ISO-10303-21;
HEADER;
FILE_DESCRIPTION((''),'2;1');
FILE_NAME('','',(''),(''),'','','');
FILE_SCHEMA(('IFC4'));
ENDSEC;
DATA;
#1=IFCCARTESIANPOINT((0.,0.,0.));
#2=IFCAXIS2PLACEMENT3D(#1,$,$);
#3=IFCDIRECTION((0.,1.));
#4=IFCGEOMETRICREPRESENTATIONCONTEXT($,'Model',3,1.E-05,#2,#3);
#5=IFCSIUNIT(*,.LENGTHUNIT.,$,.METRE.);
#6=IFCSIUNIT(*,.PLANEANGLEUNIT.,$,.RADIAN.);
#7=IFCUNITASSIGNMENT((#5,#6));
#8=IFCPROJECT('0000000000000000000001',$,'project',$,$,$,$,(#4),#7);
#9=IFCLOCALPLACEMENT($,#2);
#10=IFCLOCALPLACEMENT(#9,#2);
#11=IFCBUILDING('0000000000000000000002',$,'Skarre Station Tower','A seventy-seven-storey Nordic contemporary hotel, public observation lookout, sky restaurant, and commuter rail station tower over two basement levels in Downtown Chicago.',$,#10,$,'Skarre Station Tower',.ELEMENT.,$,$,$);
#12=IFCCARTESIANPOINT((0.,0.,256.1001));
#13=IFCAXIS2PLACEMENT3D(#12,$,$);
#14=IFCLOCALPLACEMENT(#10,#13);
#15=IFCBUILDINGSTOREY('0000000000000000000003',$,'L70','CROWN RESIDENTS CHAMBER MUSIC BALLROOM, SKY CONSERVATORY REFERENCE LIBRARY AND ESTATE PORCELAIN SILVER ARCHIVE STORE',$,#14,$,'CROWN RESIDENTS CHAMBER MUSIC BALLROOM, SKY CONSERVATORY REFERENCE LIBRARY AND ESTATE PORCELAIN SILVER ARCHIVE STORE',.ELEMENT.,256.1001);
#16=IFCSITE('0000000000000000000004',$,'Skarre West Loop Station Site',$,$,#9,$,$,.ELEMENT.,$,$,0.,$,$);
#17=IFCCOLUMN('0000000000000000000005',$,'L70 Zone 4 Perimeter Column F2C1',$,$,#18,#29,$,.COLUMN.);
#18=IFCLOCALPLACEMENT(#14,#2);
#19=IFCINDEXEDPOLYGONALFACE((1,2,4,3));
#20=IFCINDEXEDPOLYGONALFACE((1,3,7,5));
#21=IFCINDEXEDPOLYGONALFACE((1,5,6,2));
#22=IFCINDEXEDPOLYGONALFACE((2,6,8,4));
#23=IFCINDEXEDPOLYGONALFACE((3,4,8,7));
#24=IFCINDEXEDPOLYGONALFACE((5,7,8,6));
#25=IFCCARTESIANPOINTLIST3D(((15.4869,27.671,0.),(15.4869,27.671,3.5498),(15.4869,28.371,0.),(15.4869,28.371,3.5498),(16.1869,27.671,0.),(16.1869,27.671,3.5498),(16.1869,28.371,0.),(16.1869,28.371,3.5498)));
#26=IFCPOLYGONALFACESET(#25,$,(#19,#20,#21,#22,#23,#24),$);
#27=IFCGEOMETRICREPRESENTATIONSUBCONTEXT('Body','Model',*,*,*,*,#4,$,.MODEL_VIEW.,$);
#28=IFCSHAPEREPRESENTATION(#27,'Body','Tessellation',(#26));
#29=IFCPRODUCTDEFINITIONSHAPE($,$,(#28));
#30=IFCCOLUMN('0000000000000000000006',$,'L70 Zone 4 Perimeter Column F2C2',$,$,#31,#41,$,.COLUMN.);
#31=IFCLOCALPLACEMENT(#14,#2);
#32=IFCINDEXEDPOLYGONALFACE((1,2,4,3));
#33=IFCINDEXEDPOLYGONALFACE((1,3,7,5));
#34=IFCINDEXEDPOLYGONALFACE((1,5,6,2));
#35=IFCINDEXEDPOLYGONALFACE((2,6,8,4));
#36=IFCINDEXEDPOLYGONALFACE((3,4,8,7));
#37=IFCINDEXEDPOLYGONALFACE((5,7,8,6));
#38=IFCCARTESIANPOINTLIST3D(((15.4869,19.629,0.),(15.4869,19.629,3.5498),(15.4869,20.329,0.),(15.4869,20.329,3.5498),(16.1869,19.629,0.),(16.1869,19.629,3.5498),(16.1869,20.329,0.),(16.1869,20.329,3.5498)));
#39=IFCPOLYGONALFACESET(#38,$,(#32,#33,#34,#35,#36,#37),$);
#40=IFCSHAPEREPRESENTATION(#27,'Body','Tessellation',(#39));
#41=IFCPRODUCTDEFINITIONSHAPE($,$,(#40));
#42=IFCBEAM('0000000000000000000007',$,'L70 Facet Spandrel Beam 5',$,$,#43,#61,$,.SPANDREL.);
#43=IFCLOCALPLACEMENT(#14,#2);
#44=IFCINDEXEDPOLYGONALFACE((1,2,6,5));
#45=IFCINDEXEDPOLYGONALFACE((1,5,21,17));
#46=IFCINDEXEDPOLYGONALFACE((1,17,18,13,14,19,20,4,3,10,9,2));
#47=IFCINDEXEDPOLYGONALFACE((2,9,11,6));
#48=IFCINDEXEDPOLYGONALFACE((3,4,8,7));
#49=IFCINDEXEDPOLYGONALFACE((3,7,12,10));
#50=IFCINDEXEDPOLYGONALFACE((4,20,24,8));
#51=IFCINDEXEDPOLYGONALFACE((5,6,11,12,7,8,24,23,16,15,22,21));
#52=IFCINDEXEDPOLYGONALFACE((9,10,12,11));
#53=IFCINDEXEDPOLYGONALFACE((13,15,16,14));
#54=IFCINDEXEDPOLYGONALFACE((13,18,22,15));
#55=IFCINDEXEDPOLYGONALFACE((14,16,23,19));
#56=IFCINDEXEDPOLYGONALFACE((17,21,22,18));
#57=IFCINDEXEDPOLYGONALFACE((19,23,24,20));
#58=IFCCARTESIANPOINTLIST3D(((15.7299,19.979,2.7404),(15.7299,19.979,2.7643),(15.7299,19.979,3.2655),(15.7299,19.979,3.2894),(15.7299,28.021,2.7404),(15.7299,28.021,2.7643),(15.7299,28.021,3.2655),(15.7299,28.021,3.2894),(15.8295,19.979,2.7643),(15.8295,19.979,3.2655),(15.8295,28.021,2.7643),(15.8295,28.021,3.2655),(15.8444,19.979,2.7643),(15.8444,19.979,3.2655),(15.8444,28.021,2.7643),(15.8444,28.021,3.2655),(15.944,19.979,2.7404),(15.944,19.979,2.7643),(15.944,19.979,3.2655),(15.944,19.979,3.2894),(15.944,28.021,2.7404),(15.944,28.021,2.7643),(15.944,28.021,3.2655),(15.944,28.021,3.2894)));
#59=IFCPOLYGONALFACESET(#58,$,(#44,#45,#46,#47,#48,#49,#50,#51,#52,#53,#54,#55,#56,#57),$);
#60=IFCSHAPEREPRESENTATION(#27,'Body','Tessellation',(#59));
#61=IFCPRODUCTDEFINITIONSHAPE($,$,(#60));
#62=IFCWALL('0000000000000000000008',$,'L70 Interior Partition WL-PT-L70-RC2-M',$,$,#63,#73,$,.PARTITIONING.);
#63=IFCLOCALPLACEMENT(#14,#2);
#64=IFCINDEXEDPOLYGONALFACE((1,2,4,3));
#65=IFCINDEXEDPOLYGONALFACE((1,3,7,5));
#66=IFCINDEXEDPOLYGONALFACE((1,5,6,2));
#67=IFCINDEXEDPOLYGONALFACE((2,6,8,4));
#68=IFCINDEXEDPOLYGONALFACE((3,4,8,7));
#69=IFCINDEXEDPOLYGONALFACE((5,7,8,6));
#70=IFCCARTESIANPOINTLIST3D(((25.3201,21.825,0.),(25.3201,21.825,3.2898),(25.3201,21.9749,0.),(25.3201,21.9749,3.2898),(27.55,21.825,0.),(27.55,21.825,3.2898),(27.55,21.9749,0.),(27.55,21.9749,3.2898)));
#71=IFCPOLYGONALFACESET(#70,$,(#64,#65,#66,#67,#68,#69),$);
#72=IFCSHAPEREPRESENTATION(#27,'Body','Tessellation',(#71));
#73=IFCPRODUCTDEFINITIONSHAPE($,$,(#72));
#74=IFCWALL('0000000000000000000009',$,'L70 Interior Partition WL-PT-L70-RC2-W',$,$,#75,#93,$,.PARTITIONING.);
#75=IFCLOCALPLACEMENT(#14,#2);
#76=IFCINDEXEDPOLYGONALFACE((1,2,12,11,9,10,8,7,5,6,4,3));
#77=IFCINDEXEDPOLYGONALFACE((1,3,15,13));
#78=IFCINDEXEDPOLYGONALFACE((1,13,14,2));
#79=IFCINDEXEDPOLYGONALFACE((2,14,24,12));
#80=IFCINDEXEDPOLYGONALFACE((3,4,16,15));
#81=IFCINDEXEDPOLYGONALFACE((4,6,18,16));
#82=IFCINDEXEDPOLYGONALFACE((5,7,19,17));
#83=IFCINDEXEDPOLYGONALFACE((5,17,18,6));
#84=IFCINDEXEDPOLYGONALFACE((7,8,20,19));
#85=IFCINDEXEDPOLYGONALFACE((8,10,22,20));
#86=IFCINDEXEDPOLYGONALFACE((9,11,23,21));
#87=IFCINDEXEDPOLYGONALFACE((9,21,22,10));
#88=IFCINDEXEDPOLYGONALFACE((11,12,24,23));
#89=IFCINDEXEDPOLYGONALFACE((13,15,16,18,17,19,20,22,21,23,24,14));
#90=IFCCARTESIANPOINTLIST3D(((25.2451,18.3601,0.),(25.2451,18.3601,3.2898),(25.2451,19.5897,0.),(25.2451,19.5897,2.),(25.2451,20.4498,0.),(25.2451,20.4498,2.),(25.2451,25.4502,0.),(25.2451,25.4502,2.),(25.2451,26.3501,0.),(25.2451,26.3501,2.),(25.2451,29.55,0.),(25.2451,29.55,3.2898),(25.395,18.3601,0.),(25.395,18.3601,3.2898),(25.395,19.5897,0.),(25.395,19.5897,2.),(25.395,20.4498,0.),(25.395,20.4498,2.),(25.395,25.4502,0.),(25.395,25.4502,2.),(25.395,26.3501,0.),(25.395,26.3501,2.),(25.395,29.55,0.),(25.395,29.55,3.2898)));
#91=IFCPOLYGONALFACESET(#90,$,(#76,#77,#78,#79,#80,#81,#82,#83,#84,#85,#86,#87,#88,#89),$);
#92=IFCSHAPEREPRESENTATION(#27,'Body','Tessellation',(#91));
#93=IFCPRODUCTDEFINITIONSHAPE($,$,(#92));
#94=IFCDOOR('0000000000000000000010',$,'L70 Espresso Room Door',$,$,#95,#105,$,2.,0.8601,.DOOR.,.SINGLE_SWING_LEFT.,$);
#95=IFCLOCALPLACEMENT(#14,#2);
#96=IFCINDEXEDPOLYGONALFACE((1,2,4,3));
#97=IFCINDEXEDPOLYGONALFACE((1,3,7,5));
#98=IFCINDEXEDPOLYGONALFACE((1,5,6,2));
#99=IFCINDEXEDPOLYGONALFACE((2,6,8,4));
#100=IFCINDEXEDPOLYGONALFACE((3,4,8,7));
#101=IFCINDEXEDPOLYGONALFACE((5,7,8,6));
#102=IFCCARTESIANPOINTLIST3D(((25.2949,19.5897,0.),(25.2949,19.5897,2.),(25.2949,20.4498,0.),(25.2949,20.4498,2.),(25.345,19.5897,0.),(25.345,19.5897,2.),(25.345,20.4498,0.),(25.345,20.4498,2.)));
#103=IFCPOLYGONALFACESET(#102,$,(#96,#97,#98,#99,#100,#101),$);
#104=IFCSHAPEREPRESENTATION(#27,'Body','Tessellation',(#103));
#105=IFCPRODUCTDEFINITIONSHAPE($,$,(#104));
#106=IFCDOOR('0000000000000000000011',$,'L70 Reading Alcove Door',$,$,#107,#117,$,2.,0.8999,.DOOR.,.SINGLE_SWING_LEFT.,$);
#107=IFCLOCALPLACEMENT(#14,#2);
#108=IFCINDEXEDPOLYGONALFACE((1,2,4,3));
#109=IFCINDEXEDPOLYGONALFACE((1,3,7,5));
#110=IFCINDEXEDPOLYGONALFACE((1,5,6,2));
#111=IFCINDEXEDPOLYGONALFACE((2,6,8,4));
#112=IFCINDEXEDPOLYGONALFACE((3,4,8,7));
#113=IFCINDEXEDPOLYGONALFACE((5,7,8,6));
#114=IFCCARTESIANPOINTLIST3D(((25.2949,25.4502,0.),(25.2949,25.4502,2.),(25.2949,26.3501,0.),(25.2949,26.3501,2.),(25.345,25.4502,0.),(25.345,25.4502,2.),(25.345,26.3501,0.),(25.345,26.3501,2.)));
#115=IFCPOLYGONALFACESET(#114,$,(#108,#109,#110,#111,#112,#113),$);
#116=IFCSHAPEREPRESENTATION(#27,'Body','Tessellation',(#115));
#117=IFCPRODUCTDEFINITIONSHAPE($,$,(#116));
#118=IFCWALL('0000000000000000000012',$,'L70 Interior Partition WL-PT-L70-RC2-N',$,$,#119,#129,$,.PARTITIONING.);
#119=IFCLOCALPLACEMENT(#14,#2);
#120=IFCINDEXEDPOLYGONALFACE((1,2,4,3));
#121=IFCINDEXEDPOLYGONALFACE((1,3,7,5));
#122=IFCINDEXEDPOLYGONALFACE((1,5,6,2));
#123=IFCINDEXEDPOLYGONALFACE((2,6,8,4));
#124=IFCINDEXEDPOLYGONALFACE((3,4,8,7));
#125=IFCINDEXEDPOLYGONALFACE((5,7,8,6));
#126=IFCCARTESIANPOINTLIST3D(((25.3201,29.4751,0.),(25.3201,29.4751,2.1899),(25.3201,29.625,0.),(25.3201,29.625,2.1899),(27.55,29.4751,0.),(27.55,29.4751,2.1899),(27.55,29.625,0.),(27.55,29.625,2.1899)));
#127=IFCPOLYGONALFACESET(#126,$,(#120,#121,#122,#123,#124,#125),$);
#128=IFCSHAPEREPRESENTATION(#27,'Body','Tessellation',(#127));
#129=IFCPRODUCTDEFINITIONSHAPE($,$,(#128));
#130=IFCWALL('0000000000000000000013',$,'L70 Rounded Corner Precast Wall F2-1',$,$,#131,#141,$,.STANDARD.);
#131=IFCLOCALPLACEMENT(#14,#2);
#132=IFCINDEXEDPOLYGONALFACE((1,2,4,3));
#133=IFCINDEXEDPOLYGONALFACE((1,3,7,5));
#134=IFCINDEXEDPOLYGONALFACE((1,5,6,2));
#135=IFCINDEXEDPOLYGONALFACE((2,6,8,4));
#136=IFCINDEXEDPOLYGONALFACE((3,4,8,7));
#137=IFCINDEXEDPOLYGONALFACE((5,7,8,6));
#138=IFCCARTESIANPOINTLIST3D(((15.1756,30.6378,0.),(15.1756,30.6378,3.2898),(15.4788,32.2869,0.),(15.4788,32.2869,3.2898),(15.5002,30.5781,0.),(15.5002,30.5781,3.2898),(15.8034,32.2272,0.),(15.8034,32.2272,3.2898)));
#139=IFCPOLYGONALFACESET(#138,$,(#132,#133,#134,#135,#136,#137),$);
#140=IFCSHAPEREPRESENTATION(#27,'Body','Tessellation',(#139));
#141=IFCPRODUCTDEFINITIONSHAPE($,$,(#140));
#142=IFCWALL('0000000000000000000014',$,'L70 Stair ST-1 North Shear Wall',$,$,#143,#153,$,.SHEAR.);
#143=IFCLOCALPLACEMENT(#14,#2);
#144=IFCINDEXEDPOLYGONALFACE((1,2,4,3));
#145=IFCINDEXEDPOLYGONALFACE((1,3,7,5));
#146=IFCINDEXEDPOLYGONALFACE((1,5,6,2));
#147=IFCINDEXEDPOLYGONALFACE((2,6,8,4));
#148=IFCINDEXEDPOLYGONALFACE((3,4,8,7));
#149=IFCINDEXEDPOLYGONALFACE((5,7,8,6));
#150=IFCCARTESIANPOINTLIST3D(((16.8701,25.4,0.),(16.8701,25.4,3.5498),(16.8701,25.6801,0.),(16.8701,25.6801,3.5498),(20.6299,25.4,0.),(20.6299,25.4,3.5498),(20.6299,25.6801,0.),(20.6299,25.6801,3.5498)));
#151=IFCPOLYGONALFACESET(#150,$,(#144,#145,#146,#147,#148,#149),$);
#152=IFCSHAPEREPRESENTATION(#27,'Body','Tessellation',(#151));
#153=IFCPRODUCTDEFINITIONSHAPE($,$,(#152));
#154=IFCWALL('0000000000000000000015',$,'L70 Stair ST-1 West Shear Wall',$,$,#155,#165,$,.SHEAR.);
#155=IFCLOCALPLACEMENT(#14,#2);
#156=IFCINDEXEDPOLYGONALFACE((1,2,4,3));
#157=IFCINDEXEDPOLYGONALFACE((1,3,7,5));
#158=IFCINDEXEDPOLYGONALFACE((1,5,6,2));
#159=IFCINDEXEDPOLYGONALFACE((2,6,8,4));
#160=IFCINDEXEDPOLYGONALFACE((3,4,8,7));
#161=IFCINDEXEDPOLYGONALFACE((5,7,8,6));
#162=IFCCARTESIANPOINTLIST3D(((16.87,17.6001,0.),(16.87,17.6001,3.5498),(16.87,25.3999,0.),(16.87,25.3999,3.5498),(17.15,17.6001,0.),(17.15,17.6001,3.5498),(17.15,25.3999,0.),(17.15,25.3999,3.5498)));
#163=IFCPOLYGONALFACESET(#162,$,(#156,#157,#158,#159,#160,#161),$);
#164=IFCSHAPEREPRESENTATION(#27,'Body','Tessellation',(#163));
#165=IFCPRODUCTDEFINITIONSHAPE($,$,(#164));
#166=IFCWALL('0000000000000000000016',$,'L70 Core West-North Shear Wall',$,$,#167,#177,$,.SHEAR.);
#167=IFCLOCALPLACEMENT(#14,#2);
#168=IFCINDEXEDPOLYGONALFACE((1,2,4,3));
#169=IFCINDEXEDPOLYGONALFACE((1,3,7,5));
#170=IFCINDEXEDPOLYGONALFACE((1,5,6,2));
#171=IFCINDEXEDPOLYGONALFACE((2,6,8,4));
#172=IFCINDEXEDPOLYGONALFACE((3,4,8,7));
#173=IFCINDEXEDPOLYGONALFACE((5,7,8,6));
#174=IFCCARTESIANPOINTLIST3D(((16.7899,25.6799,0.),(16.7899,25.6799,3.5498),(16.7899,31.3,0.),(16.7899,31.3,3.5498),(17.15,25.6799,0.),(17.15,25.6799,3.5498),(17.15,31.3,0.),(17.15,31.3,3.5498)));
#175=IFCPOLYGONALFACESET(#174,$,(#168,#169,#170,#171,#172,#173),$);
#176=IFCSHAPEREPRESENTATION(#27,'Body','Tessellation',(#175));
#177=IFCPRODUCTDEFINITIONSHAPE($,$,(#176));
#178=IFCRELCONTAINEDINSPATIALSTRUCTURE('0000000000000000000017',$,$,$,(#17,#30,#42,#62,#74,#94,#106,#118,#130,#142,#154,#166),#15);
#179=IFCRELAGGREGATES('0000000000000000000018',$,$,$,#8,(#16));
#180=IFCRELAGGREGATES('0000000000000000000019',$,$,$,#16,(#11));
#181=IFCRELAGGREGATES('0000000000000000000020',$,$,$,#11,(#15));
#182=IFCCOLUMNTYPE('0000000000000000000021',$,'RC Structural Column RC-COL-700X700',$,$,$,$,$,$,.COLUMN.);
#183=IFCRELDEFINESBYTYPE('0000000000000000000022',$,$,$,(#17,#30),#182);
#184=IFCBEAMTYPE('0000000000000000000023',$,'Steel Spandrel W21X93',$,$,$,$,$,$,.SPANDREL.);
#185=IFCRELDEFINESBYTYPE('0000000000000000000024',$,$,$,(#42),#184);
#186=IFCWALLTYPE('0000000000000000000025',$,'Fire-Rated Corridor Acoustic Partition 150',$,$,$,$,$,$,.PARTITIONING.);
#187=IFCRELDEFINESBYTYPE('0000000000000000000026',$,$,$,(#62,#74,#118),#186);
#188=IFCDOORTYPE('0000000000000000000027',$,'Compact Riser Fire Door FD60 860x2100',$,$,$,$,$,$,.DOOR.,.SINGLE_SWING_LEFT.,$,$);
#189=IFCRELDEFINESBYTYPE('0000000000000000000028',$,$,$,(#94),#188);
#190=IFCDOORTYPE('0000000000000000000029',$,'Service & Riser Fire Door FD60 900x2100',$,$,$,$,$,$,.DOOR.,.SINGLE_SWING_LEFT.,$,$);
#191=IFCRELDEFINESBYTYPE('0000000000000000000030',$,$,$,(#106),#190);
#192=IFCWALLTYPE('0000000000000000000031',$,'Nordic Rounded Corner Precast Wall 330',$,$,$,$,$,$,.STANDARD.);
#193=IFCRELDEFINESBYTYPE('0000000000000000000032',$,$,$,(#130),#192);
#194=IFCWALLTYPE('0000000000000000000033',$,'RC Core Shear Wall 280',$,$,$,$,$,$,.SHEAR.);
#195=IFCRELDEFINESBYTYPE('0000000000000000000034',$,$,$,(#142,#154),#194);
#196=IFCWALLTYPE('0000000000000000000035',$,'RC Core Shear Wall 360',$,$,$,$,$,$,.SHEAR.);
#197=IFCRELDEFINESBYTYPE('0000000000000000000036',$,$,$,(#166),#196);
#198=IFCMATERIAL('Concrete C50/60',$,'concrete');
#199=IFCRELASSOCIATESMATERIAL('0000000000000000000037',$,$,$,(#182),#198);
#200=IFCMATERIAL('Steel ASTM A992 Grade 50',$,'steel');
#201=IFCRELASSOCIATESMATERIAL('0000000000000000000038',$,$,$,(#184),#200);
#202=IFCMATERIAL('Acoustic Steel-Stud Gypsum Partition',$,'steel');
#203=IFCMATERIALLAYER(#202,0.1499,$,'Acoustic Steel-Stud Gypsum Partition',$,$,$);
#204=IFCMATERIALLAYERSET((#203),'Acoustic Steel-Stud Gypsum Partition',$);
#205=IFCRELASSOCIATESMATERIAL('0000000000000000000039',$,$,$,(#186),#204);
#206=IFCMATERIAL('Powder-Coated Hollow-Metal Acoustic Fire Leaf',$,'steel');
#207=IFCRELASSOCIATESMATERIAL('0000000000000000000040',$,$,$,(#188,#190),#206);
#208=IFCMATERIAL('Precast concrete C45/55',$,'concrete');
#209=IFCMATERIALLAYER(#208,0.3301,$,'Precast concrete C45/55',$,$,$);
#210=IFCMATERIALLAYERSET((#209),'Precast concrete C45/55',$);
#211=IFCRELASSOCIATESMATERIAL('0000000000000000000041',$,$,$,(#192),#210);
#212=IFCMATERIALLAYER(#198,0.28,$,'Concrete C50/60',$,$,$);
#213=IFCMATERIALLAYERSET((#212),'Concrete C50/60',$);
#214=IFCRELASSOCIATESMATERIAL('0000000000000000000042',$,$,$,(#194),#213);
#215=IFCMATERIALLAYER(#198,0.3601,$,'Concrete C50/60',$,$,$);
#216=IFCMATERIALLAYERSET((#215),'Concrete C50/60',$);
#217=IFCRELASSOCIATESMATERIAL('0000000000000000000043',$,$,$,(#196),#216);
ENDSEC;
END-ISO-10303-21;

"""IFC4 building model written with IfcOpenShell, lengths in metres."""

from ifc_helpers import new_model, si_unit, direction, frame, frame_2d, origin, origin_2d, place, context, subcontext, project, spatial, rectangle, i_section, extrude, material, layer, layer_set, material_profile, profile_set, type_object, element, fill, save


model = new_model("IFC4")

# Units and contexts
model_context = context("Model", 3, precision=1e-05, world=origin(), true_north=direction((0.0, 1.0)))
body_context = subcontext(model_context, "Body", "Model", "MODEL_VIEW")
ifc_project = project(units=[si_unit("LENGTHUNIT", "METRE"), si_unit("PLANEANGLEUNIT", "RADIAN")], contexts=[model_context])

# Site, building, storey
site_placement = place(None, origin())
site = spatial("IfcSite", under=ifc_project, at=site_placement, Name="Skarre West Loop Station Site", CompositionType="ELEMENT", RefElevation=0.0)
building_placement = place(site_placement, origin())
building = spatial("IfcBuilding", under=site, at=building_placement, Name="Skarre Station Tower", Description="A seventy-seven-storey Nordic contemporary hotel, public observation lookout, sky restaurant, and commuter rail station tower over two basement levels in Downtown Chicago.", LongName="Skarre Station Tower", CompositionType="ELEMENT")
storey_placement = place(building_placement, frame((0.0, 0.0, 256.1001)))
storey = spatial("IfcBuildingStorey", under=building, at=storey_placement, Name="L70", Description="CROWN RESIDENTS CHAMBER MUSIC BALLROOM, SKY CONSERVATORY REFERENCE LIBRARY AND ESTATE PORCELAIN SILVER ARCHIVE STORE", LongName="CROWN RESIDENTS CHAMBER MUSIC BALLROOM, SKY CONSERVATORY REFERENCE LIBRARY AND ESTATE PORCELAIN SILVER ARCHIVE STORE", CompositionType="ELEMENT", Elevation=256.1001)

# Columns
ifc_material_1 = material(Name="Concrete C50/60", Category="concrete")
ifc_material_profile_1 = material_profile(ifc_material_1, rectangle(XDim=0.7, YDim=0.7, at=origin_2d()), Name="Concrete C50/60")
ifc_profile_set_1 = profile_set([ifc_material_profile_1], Name="Concrete C50/60")
column_type = type_object("IfcColumnType", Name="RC Structural Column RC-COL-700X700", PredefinedType="COLUMN", material=ifc_profile_set_1)
for number, where, z_axis, x_axis, name in (
    (1, (15.8369, 28.021, 0.0), (0.0, 0.0, 1.0), (1.0, 0.0, 0.0), "L70 Zone 4 Perimeter Column F2C1"),
    (2, (15.8369, 19.979, 0.0), (0.0, 0.0, 1.0), (1.0, 0.0, 0.0), "L70 Zone 4 Perimeter Column F2C2"),
):
    element("IfcColumn", number, at=place(storey_placement, frame(where, z_axis=z_axis, x_axis=x_axis)), inside=storey, type_object=column_type, Name=name, PredefinedType="COLUMN", context=body_context, shape_type="SweptSolid", body=[
        extrude(rectangle(XDim=0.7, YDim=0.7, at=origin_2d()), origin(), (0.0, 0.0, 1.0), 3.5498),
    ])

# Beam
ifc_material_2 = material(Name="Steel ASTM A992 Grade 50", Category="steel")
ifc_material_profile_2 = material_profile(ifc_material_2, i_section(OverallWidth=0.2141, OverallDepth=0.5491, WebThickness=0.0149, FlangeThickness=0.0239, at=origin_2d()), Name="Steel ASTM A992 Grade 50")
ifc_profile_set_2 = profile_set([ifc_material_profile_2], Name="Steel ASTM A992 Grade 50")
beam_type = type_object("IfcBeamType", Name="Steel Spandrel W21X93", PredefinedType="SPANDREL", material=ifc_profile_set_2)
beam_placement = place(storey_placement, frame((15.8369, 28.021, 3.0149), z_axis=(0.0, -1.0, 0.0), x_axis=(1.0, 0.0, 0.0)))
element("IfcBeam", 3, at=beam_placement, inside=storey, type_object=beam_type, Name="L70 Facet Spandrel Beam 5", PredefinedType="SPANDREL", context=body_context, shape_type="SweptSolid", body=[
    extrude(i_section(OverallWidth=0.2141, OverallDepth=0.5491, WebThickness=0.0149, FlangeThickness=0.0239, at=origin_2d()), origin(), (0.0, 0.0, 1.0), 8.042),
])

# Wall
ifc_material_3 = material(Name="Acoustic Steel-Stud Gypsum Partition", Category="steel")
ifc_layer_1 = layer(ifc_material_3, 0.1499, Name="Acoustic Steel-Stud Gypsum Partition")
ifc_layer_set_1 = layer_set([ifc_layer_1], Name="Acoustic Steel-Stud Gypsum Partition")
wall_type_1 = type_object("IfcWallType", Name="Fire-Rated Corridor Acoustic Partition 150", PredefinedType="PARTITIONING", material=ifc_layer_set_1)
wall_1_placement = place(storey_placement, frame((25.3201, 21.8999, 0.0), z_axis=(0.0, 0.0, 1.0), x_axis=(1.0, 0.0, 0.0)))
element("IfcWall", 4, at=wall_1_placement, inside=storey, type_object=wall_type_1, Name="L70 Interior Partition WL-PT-L70-RC2-M", PredefinedType="PARTITIONING", context=body_context, shape_type="SweptSolid", body=[
    extrude(rectangle(XDim=2.23, YDim=0.1499, at=frame_2d((1.115, 0.0))), origin(), (0.0, 0.0, 1.0), 3.2898),
])

# Wall, openings, doors
wall_2_placement = place(storey_placement, frame((25.3201, 29.55, 0.0), z_axis=(0.0, 0.0, 1.0), x_axis=(0.0, -1.0, 0.0)))
wall_2 = element("IfcWall", 5, at=wall_2_placement, inside=storey, type_object=wall_type_1, Name="L70 Interior Partition WL-PT-L70-RC2-W", PredefinedType="PARTITIONING", context=body_context, shape_type="SweptSolid", body=[
    extrude(rectangle(XDim=11.1899, YDim=0.1499, at=frame_2d((5.595, 0.0))), origin(), (0.0, 0.0, 1.0), 3.2898),
])
opening_1_placement = place(wall_2_placement, frame((3.2, 0.0, 0.0)))
opening_1 = element("IfcOpeningElement", 6, at=opening_1_placement, cuts=wall_2, PredefinedType="OPENING", context=body_context, shape_type="SweptSolid", body=[
    extrude(rectangle(XDim=0.8999, YDim=2.0, at=frame_2d((0.45, 1.0))), frame((0.0, 0.085, 0.0), z_axis=(0.0, -1.0, 0.0), x_axis=(1.0, 0.0, 0.0)), (0.0, 0.0, 1.0), 0.1699),
])
opening_2_placement = place(wall_2_placement, frame((9.1001, 0.0, 0.0)))
opening_2 = element("IfcOpeningElement", 7, at=opening_2_placement, cuts=wall_2, PredefinedType="OPENING", context=body_context, shape_type="SweptSolid", body=[
    extrude(rectangle(XDim=0.8601, YDim=2.0, at=frame_2d((0.4302, 1.0))), frame((0.0, 0.085, 0.0), z_axis=(0.0, -1.0, 0.0), x_axis=(1.0, 0.0, 0.0)), (0.0, 0.0, 1.0), 0.1699),
])
ifc_material_4 = material(Name="Powder-Coated Hollow-Metal Acoustic Fire Leaf", Category="steel")
door_type_1 = type_object("IfcDoorType", Name="Compact Riser Fire Door FD60 860x2100", OperationType="SINGLE_SWING_LEFT", PredefinedType="DOOR", material=ifc_material_4)
door_1_placement = place(opening_2_placement, origin())
door_1 = element("IfcDoor", 8, at=door_1_placement, inside=storey, type_object=door_type_1, Name="L70 Espresso Room Door", OperationType="SINGLE_SWING_LEFT", OverallHeight=2.0, OverallWidth=0.8601, PredefinedType="DOOR", context=body_context, shape_type="SweptSolid", body=[
    extrude(rectangle(XDim=0.8601, YDim=2.0, at=frame_2d((0.4302, 1.0))), frame((0.0, 0.0249, 0.0), z_axis=(0.0, -1.0, 0.0), x_axis=(1.0, 0.0, 0.0)), (0.0, 0.0, 1.0), 0.05),
])
fill(opening_2, door_1)
door_type_2 = type_object("IfcDoorType", Name="Service & Riser Fire Door FD60 900x2100", OperationType="SINGLE_SWING_LEFT", PredefinedType="DOOR", material=ifc_material_4)
door_2_placement = place(opening_1_placement, origin())
door_2 = element("IfcDoor", 9, at=door_2_placement, inside=storey, type_object=door_type_2, Name="L70 Reading Alcove Door", OperationType="SINGLE_SWING_LEFT", OverallHeight=2.0, OverallWidth=0.8999, PredefinedType="DOOR", context=body_context, shape_type="SweptSolid", body=[
    extrude(rectangle(XDim=0.8999, YDim=2.0, at=frame_2d((0.45, 1.0))), frame((0.0, 0.0249, 0.0), z_axis=(0.0, -1.0, 0.0), x_axis=(1.0, 0.0, 0.0)), (0.0, 0.0, 1.0), 0.05),
])
fill(opening_1, door_2)

# Walls
wall_3_placement = place(storey_placement, frame((27.55, 29.55, 0.0), z_axis=(0.0, 0.0, 1.0), x_axis=(-1.0, 0.0, 0.0)))
element("IfcWall", 10, at=wall_3_placement, inside=storey, type_object=wall_type_1, Name="L70 Interior Partition WL-PT-L70-RC2-N", PredefinedType="PARTITIONING", context=body_context, shape_type="SweptSolid", body=[
    extrude(rectangle(XDim=2.23, YDim=0.1499, at=frame_2d((1.115, 0.0))), origin(), (0.0, 0.0, 1.0), 2.1899),
])
ifc_material_5 = material(Name="Precast concrete C45/55", Category="concrete")
ifc_layer_2 = layer(ifc_material_5, 0.3301, Name="Precast concrete C45/55")
ifc_layer_set_2 = layer_set([ifc_layer_2], Name="Precast concrete C45/55")
wall_type_2 = type_object("IfcWallType", Name="Nordic Rounded Corner Precast Wall 330", PredefinedType="STANDARD", material=ifc_layer_set_2)
wall_4_placement = place(storey_placement, frame((15.3379, 30.6079, 0.0), z_axis=(0.0, 0.0, 1.0), x_axis=(0.180833, 0.983514, 0.0)))
element("IfcWall", 11, at=wall_4_placement, inside=storey, type_object=wall_type_2, Name="L70 Rounded Corner Precast Wall F2-1", PredefinedType="STANDARD", context=body_context, shape_type="SweptSolid", body=[
    extrude(rectangle(XDim=1.6768, YDim=0.3301, at=frame_2d((0.8384, 0.0))), origin(), (0.0, 0.0, 1.0), 3.2898),
])
ifc_layer_3 = layer(ifc_material_1, 0.28, Name="Concrete C50/60")
ifc_layer_set_3 = layer_set([ifc_layer_3], Name="Concrete C50/60")
wall_type_3 = type_object("IfcWallType", Name="RC Core Shear Wall 280", PredefinedType="SHEAR", material=ifc_layer_set_3)
wall_5_placement = place(storey_placement, frame((20.6299, 25.54, 0.0), z_axis=(0.0, 0.0, 1.0), x_axis=(-1.0, 0.0, 0.0)))
element("IfcWall", 12, at=wall_5_placement, inside=storey, type_object=wall_type_3, Name="L70 Stair ST-1 North Shear Wall", PredefinedType="SHEAR", context=body_context, shape_type="SweptSolid", body=[
    extrude(rectangle(XDim=3.7598, YDim=0.28, at=frame_2d((1.8799, 0.0))), origin(), (0.0, 0.0, 1.0), 3.5498),
])
wall_6_placement = place(storey_placement, frame((17.01, 25.3999, 0.0), z_axis=(0.0, 0.0, 1.0), x_axis=(0.0, -1.0, 0.0)))
element("IfcWall", 13, at=wall_6_placement, inside=storey, type_object=wall_type_3, Name="L70 Stair ST-1 West Shear Wall", PredefinedType="SHEAR", context=body_context, shape_type="SweptSolid", body=[
    extrude(rectangle(XDim=7.7998, YDim=0.28, at=frame_2d((3.8999, 0.0))), origin(), (0.0, 0.0, 1.0), 3.5498),
])
ifc_layer_4 = layer(ifc_material_1, 0.3601, Name="Concrete C50/60")
ifc_layer_set_4 = layer_set([ifc_layer_4], Name="Concrete C50/60")
wall_type_4 = type_object("IfcWallType", Name="RC Core Shear Wall 360", PredefinedType="SHEAR", material=ifc_layer_set_4)
wall_7_placement = place(storey_placement, frame((16.97, 25.6799, 0.0), z_axis=(0.0, 0.0, 1.0), x_axis=(0.0, 1.0, 0.0)))
element("IfcWall", 14, at=wall_7_placement, inside=storey, type_object=wall_type_4, Name="L70 Core West-North Shear Wall", PredefinedType="SHEAR", context=body_context, shape_type="SweptSolid", body=[
    extrude(rectangle(XDim=5.6201, YDim=0.3601, at=frame_2d((2.8101, 0.0))), origin(), (0.0, 0.0, 1.0), 3.5498),
])

save(model, "model.ifc")
